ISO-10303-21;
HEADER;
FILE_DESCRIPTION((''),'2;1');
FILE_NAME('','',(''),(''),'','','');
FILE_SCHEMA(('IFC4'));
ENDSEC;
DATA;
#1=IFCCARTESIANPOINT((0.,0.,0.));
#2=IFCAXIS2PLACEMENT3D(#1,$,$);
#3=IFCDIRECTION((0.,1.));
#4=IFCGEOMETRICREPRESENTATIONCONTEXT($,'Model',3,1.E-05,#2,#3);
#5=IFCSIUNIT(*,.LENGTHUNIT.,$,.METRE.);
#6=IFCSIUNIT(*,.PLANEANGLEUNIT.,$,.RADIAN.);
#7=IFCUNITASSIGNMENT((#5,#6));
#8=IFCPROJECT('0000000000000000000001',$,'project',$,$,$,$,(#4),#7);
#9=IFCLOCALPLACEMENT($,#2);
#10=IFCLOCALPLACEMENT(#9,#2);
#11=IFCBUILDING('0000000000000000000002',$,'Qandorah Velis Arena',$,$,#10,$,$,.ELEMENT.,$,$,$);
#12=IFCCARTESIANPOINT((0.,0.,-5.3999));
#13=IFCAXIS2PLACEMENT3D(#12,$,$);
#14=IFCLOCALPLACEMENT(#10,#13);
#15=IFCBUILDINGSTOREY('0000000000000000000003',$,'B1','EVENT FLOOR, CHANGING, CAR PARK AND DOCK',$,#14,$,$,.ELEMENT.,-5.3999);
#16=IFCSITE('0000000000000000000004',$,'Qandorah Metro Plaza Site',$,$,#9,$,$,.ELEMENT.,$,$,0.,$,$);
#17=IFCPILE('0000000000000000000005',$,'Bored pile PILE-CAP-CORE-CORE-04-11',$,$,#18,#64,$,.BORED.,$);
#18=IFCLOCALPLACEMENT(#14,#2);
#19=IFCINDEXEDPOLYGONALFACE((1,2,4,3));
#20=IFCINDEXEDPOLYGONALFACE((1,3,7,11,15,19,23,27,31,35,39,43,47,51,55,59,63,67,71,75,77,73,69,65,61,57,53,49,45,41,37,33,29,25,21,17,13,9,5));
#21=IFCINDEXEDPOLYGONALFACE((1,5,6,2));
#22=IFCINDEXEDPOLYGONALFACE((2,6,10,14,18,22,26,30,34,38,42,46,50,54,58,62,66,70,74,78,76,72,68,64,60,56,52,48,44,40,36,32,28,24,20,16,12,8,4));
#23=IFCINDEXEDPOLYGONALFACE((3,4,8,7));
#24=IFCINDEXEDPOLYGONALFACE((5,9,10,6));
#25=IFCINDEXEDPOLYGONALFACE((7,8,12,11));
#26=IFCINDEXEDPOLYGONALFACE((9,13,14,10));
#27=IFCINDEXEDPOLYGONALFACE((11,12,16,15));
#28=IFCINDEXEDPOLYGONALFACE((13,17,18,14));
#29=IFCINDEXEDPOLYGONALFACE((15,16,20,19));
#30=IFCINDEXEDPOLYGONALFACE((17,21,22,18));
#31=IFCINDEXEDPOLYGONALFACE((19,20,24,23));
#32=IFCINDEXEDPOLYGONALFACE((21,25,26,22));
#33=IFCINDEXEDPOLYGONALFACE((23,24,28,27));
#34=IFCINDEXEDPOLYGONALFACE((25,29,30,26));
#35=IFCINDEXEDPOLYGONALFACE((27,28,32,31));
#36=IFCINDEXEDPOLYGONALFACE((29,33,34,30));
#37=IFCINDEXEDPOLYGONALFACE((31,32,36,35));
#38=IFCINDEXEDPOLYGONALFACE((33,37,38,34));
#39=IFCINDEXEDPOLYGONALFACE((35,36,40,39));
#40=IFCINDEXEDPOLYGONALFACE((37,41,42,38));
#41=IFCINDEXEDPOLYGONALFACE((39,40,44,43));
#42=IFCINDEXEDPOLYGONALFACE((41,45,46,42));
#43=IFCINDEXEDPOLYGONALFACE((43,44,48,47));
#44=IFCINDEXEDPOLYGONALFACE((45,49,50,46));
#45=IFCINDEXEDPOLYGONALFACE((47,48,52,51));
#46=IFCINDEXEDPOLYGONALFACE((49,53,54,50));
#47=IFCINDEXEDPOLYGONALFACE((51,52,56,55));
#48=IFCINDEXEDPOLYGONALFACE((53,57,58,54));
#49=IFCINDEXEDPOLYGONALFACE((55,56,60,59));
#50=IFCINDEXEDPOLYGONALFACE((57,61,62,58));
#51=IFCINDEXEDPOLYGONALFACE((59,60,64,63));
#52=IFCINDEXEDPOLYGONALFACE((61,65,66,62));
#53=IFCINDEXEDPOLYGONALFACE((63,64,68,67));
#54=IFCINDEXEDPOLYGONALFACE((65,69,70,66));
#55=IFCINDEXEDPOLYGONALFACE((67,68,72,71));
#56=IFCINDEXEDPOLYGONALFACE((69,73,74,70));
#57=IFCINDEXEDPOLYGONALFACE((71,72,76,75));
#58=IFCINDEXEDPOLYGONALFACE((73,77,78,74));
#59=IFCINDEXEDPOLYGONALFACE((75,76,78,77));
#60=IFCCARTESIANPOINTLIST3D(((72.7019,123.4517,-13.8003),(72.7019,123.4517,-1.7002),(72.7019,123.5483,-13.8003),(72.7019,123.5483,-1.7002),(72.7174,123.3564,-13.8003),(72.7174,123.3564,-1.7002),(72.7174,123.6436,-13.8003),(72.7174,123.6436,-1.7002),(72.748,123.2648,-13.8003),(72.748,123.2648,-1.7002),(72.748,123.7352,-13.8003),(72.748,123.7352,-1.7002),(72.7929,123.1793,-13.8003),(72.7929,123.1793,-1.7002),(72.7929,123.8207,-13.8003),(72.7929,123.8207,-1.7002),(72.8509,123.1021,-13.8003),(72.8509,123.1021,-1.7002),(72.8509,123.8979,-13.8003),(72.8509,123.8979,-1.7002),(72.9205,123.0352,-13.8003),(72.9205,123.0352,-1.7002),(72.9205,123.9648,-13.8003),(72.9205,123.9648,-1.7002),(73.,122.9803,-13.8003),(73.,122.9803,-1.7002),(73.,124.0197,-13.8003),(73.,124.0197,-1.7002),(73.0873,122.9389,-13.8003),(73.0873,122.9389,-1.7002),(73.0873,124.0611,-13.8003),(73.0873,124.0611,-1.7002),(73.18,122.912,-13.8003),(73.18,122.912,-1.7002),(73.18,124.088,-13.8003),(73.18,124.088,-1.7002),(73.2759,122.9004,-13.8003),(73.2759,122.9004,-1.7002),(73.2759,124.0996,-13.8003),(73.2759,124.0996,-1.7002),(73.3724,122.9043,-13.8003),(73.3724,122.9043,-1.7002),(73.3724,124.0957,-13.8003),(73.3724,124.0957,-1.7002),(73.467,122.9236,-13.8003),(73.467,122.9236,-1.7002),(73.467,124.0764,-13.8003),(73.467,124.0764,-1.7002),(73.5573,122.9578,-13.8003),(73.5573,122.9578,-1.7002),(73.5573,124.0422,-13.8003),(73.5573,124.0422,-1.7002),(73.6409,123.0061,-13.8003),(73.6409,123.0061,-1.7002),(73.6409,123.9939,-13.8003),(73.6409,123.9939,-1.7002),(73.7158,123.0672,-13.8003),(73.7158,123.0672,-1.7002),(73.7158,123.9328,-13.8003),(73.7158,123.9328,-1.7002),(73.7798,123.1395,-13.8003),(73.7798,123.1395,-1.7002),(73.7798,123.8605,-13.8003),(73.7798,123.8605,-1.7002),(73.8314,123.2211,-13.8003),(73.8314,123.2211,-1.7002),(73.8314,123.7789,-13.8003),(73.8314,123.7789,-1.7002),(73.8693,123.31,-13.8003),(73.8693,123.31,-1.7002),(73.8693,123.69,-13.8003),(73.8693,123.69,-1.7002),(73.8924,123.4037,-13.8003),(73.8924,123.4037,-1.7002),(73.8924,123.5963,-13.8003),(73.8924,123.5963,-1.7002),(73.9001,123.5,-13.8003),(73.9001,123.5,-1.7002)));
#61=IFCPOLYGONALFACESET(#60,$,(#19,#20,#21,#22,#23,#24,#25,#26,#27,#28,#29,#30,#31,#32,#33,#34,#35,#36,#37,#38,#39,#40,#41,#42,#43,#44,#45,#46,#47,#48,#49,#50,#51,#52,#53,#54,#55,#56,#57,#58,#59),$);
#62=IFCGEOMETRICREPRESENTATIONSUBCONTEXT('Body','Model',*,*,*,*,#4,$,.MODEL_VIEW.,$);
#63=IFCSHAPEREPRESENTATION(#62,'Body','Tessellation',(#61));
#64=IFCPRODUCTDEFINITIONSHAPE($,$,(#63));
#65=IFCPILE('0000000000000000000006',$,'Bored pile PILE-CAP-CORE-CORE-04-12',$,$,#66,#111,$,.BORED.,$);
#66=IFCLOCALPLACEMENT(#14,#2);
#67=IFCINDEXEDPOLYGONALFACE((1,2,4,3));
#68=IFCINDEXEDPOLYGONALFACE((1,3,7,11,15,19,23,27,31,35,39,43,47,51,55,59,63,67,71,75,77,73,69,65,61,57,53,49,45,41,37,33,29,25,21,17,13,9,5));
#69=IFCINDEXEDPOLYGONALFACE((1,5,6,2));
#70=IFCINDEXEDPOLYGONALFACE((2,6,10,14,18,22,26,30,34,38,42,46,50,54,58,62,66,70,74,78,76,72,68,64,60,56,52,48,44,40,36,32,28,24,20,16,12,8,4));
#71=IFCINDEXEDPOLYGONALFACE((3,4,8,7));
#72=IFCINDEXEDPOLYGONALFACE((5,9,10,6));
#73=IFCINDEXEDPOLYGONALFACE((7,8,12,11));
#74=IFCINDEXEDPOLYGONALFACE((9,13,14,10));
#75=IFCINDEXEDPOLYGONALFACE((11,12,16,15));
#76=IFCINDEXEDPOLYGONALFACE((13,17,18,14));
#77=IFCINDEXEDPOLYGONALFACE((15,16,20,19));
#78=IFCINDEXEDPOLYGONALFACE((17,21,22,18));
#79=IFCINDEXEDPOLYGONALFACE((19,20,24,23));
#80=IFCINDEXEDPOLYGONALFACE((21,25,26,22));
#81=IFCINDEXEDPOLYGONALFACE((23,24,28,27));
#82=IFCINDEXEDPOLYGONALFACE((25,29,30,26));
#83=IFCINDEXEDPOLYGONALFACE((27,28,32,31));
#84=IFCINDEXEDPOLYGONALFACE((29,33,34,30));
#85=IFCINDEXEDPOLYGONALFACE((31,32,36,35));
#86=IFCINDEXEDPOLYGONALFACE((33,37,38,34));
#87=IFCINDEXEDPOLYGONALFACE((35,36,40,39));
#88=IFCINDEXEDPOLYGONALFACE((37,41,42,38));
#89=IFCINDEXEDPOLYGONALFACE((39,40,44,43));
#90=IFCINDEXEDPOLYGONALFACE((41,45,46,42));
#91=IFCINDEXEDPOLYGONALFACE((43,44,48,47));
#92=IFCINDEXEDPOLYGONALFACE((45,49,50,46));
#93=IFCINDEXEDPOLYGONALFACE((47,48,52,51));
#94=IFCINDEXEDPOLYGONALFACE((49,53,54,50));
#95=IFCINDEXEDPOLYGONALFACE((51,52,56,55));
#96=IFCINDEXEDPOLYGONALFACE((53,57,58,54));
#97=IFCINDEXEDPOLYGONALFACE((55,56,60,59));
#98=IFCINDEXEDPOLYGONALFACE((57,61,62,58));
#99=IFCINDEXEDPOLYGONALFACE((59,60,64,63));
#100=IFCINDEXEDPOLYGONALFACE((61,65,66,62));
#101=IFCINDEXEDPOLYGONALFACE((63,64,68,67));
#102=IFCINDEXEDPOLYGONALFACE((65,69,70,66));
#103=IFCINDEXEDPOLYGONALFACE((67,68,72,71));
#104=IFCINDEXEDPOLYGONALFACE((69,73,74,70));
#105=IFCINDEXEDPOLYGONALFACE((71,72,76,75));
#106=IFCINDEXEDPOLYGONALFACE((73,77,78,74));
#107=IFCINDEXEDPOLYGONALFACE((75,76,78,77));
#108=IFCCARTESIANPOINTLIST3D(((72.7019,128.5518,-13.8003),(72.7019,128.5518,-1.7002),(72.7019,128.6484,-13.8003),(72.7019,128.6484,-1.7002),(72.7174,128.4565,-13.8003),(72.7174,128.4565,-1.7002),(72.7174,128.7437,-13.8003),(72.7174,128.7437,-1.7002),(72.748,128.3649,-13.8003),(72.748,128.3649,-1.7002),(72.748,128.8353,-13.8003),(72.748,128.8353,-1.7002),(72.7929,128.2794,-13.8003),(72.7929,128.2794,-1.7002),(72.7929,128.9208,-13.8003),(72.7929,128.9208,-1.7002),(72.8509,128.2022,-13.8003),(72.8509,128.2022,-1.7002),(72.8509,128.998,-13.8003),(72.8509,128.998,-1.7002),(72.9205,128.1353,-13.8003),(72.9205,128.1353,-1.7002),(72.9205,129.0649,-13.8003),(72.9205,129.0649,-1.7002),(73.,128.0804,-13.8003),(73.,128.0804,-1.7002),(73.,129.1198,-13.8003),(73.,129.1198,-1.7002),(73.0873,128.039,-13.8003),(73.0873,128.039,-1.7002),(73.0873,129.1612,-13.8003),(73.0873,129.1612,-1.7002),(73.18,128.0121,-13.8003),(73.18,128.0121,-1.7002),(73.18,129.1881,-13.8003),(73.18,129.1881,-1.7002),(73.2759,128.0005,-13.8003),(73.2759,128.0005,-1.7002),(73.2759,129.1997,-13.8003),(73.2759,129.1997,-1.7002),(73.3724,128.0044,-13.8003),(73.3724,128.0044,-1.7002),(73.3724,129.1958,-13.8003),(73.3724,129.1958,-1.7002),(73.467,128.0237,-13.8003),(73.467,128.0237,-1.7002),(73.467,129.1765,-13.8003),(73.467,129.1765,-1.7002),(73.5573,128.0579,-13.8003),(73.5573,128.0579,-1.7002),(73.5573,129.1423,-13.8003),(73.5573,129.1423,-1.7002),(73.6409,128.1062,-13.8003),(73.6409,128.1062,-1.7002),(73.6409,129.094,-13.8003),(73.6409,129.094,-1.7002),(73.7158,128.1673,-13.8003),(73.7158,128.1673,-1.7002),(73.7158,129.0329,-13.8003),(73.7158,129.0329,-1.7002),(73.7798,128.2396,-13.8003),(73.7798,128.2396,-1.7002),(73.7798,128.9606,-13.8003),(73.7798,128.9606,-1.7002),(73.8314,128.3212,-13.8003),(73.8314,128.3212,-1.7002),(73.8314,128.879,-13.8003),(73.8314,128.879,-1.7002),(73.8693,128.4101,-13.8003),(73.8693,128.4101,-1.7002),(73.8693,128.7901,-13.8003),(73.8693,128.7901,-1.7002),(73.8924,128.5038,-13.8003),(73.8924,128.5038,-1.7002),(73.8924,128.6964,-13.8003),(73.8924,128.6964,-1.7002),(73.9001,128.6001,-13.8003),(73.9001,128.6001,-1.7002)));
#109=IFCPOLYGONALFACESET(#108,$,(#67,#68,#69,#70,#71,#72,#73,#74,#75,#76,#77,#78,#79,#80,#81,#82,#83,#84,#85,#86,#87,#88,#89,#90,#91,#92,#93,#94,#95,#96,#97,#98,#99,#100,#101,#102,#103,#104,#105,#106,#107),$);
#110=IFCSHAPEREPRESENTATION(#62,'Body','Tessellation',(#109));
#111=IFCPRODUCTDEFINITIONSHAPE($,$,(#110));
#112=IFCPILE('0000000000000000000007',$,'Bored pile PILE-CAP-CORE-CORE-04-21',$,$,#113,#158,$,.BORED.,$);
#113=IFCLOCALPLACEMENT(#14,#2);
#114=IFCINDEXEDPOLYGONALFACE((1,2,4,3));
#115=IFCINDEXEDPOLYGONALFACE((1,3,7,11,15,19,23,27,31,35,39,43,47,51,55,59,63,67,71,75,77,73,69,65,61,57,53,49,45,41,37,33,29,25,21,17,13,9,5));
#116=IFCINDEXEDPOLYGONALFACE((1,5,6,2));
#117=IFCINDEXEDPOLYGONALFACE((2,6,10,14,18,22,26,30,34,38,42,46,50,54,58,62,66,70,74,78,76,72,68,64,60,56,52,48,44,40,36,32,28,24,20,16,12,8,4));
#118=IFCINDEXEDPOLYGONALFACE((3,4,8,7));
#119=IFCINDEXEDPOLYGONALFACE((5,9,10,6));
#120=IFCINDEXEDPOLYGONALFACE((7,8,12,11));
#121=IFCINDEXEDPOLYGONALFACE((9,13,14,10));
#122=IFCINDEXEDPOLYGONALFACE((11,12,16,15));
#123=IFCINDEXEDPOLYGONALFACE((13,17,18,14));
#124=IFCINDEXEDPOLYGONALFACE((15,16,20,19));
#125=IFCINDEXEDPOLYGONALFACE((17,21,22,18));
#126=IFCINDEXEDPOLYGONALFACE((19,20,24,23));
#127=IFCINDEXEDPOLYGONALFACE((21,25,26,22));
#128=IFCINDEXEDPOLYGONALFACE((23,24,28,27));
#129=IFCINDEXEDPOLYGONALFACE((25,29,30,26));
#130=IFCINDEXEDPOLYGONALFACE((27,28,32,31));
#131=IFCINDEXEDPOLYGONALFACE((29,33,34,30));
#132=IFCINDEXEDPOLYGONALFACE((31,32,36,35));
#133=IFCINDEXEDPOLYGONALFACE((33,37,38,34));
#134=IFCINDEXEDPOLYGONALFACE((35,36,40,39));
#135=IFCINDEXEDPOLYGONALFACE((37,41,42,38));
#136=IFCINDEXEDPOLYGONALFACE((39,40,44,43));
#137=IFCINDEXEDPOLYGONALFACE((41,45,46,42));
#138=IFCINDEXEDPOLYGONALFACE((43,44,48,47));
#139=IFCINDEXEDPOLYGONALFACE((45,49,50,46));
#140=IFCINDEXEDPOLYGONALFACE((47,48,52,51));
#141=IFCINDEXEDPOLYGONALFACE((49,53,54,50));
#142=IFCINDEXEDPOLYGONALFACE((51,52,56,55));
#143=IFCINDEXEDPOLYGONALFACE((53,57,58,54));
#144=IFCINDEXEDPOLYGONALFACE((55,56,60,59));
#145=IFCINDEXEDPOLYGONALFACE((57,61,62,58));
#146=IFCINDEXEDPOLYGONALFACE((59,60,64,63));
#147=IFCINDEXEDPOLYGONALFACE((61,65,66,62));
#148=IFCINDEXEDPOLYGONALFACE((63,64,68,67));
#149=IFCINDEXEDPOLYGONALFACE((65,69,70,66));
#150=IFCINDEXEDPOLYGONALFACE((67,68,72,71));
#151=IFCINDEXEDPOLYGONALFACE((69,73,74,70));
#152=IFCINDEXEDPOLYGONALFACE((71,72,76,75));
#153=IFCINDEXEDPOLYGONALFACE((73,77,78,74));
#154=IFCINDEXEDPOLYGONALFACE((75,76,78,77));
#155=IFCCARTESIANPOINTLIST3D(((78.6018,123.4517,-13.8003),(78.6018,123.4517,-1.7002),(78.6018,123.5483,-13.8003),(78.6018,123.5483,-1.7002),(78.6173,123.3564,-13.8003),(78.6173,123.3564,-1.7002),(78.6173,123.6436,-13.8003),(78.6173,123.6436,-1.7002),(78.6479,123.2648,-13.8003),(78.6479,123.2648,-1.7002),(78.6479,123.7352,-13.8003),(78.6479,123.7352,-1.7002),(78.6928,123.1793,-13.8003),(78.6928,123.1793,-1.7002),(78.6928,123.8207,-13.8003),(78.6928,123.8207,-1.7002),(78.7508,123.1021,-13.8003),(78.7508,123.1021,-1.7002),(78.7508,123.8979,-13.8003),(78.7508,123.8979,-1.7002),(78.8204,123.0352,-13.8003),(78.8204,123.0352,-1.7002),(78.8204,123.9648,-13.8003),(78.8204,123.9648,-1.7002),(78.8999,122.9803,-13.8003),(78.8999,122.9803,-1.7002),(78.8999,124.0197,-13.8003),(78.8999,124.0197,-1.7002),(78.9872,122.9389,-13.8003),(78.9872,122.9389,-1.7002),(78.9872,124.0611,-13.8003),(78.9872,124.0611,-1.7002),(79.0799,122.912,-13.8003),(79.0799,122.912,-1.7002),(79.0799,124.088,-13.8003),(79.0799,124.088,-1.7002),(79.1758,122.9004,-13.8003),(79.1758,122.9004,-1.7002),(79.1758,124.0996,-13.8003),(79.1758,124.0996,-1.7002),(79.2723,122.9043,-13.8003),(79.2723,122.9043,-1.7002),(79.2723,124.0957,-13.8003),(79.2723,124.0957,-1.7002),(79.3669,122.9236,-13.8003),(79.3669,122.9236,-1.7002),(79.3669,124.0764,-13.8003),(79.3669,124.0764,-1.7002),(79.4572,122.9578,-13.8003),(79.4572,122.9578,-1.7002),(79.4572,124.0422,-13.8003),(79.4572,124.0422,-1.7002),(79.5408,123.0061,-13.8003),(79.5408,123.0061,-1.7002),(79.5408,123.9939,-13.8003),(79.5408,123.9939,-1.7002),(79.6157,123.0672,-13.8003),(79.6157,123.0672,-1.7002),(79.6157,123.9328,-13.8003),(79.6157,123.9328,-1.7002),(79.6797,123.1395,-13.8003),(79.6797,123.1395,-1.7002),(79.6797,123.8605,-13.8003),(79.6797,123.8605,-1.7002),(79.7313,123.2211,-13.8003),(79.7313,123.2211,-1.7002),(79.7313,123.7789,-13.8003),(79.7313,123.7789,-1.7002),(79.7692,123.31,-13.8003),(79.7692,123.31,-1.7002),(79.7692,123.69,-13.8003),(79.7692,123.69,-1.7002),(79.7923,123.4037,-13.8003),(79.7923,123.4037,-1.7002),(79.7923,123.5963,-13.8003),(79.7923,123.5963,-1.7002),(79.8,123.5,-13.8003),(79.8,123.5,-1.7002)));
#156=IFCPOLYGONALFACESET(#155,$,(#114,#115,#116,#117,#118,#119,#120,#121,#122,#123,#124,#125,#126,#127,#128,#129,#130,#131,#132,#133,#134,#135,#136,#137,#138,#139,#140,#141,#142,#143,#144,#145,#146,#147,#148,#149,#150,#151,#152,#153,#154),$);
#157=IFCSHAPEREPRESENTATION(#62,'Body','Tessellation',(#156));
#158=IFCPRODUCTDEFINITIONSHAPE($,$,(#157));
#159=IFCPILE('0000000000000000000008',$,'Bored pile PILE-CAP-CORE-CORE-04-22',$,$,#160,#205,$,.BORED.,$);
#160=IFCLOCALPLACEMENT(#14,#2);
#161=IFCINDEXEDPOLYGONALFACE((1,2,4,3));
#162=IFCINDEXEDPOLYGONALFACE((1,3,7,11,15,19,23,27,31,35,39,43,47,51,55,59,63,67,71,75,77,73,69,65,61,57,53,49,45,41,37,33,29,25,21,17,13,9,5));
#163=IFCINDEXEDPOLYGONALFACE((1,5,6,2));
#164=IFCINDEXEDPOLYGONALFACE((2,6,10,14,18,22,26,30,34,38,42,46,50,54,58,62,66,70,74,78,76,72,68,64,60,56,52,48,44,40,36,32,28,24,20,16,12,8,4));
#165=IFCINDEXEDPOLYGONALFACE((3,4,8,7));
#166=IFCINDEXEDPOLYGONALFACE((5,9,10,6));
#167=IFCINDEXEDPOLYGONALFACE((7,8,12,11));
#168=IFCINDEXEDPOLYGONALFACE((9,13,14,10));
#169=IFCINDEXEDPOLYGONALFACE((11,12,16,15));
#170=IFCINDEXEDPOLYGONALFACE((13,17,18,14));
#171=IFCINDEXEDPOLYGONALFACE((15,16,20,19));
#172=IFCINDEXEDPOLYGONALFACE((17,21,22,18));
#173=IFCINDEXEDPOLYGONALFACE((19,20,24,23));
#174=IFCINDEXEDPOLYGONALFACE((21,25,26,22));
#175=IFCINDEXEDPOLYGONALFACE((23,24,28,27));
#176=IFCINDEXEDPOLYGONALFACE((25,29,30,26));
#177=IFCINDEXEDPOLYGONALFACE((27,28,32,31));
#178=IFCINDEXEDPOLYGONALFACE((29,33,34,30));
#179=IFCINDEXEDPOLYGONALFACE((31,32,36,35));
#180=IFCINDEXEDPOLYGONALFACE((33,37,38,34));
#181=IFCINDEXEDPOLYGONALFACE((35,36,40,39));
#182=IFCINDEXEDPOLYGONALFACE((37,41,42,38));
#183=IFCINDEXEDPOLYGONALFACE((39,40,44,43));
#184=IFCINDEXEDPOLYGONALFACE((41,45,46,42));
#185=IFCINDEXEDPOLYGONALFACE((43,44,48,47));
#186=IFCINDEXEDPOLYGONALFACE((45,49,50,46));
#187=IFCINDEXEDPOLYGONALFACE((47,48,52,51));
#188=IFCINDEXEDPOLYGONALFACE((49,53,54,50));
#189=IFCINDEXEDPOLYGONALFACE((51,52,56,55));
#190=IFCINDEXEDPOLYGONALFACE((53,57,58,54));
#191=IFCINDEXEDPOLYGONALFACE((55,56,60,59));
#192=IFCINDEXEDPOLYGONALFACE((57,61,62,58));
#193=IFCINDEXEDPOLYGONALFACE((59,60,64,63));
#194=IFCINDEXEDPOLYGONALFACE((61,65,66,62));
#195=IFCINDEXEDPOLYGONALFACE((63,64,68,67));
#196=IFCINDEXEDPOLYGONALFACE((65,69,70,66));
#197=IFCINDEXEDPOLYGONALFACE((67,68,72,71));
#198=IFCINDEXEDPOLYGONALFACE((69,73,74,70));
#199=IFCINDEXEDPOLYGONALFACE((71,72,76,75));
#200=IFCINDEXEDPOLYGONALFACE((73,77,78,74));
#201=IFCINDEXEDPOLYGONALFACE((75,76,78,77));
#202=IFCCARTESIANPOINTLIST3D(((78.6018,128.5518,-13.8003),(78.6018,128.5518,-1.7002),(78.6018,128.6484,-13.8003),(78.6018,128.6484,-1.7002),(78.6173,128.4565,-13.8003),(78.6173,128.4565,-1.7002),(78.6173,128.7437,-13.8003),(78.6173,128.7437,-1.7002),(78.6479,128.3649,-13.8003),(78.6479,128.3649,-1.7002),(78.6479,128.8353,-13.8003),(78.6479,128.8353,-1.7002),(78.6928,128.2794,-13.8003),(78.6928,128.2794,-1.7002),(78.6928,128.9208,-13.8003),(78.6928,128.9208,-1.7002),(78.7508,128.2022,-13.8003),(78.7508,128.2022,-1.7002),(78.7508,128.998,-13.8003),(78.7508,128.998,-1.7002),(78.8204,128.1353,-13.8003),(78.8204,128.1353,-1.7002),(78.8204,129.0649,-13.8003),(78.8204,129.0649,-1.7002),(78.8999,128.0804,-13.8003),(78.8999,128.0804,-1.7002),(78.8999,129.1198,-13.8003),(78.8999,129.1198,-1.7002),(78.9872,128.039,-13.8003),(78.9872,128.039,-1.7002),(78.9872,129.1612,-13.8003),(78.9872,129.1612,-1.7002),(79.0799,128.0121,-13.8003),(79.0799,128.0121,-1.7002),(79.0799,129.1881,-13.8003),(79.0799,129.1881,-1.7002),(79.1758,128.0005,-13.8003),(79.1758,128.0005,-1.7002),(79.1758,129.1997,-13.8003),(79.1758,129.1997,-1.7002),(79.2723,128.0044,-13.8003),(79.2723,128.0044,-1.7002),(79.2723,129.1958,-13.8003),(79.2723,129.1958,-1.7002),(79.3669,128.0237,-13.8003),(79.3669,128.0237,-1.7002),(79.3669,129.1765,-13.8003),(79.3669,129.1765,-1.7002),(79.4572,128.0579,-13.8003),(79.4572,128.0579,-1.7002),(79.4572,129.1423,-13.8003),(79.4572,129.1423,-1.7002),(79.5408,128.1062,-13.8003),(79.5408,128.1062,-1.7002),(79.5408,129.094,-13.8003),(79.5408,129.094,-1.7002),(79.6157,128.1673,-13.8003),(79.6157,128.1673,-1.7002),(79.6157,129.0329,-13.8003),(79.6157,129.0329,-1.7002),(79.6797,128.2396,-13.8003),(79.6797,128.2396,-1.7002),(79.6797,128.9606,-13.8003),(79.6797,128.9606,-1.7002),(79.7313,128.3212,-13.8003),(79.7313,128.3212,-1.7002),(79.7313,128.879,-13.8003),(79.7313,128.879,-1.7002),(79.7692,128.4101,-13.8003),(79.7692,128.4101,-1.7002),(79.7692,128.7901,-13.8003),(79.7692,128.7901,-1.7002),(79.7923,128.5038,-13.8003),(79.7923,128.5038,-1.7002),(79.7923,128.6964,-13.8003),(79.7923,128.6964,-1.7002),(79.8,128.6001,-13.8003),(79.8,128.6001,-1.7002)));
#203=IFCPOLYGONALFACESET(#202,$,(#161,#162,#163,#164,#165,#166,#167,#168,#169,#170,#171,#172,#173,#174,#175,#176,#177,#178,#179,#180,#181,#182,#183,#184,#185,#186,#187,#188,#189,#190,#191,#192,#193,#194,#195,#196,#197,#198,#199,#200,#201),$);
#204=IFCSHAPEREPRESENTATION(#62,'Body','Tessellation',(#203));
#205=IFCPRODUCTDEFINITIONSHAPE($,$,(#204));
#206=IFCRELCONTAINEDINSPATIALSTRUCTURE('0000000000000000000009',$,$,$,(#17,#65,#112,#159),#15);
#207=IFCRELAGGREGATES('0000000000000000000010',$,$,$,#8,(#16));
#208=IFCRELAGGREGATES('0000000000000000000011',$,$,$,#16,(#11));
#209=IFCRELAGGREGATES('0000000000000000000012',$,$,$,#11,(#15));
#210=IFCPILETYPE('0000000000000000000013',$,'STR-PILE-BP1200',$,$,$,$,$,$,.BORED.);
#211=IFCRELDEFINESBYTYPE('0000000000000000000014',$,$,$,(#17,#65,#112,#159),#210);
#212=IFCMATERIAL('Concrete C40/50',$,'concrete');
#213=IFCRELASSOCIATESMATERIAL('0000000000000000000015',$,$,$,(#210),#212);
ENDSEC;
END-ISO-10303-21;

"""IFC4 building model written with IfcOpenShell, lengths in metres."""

from ifc_helpers import new_model, si_unit, direction, frame, origin, origin_2d, place, context, subcontext, project, spatial, circle, extrude, material, material_profile, profile_set, type_object, element, save


model = new_model("IFC4")

# Units and contexts
model_context = context("Model", 3, precision=1e-05, world=origin(), true_north=direction((0.0, 1.0)))
body_context = subcontext(model_context, "Body", "Model", "MODEL_VIEW")
ifc_project = project(units=[si_unit("LENGTHUNIT", "METRE"), si_unit("PLANEANGLEUNIT", "RADIAN")], contexts=[model_context])

# Site, building, storey
site_placement = place(None, origin())
site = spatial("IfcSite", under=ifc_project, at=site_placement, Name="Qandorah Metro Plaza Site", CompositionType="ELEMENT", RefElevation=0.0)
building_placement = place(site_placement, origin())
building = spatial("IfcBuilding", under=site, at=building_placement, Name="Qandorah Velis Arena", CompositionType="ELEMENT")
storey_placement = place(building_placement, frame((0.0, 0.0, -5.3999)))
storey = spatial("IfcBuildingStorey", under=building, at=storey_placement, Name="B1", Description="EVENT FLOOR, CHANGING, CAR PARK AND DOCK", CompositionType="ELEMENT", Elevation=-5.3999)

# Shared definitions
ifc_material_1 = material(Name="Concrete C40/50", Category="concrete")

# Piles
ifc_material_profile_1 = material_profile(ifc_material_1, circle(Radius=0.6001, at=origin_2d()), Name="BORED PILE D1200")
ifc_profile_set_1 = profile_set([ifc_material_profile_1], Name="Concrete C40/50")
pile_type_1 = type_object("IfcPileType", Name="STR-PILE-BP1200", PredefinedType="BORED", material=ifc_profile_set_1)
for number, where, z_axis, x_axis, name in (
    (1, (73.3, 123.5, -1.7002), (0.0, 0.0, -1.0), (1.0, 0.0, 0.0), "Bored pile PILE-CAP-CORE-CORE-04-11"),
    (2, (73.3, 128.6001, -1.7002), (0.0, 0.0, -1.0), (1.0, 0.0, 0.0), "Bored pile PILE-CAP-CORE-CORE-04-12"),
    (3, (79.2, 123.5, -1.7002), (0.0, 0.0, -1.0), (1.0, 0.0, 0.0), "Bored pile PILE-CAP-CORE-CORE-04-21"),
    (4, (79.2, 128.6001, -1.7002), (0.0, 0.0, -1.0), (1.0, 0.0, 0.0), "Bored pile PILE-CAP-CORE-CORE-04-22"),
):
    element("IfcPile", number, at=place(storey_placement, frame(where, z_axis=z_axis, x_axis=x_axis)), inside=storey, type_object=pile_type_1, Name=name, PredefinedType="BORED", context=body_context, shape_type="SweptSolid", body=[
        extrude(circle(Radius=0.6001, at=origin_2d()), origin(), (0.0, 0.0, 1.0), 12.1001),
    ])

save(model, "model.ifc")
